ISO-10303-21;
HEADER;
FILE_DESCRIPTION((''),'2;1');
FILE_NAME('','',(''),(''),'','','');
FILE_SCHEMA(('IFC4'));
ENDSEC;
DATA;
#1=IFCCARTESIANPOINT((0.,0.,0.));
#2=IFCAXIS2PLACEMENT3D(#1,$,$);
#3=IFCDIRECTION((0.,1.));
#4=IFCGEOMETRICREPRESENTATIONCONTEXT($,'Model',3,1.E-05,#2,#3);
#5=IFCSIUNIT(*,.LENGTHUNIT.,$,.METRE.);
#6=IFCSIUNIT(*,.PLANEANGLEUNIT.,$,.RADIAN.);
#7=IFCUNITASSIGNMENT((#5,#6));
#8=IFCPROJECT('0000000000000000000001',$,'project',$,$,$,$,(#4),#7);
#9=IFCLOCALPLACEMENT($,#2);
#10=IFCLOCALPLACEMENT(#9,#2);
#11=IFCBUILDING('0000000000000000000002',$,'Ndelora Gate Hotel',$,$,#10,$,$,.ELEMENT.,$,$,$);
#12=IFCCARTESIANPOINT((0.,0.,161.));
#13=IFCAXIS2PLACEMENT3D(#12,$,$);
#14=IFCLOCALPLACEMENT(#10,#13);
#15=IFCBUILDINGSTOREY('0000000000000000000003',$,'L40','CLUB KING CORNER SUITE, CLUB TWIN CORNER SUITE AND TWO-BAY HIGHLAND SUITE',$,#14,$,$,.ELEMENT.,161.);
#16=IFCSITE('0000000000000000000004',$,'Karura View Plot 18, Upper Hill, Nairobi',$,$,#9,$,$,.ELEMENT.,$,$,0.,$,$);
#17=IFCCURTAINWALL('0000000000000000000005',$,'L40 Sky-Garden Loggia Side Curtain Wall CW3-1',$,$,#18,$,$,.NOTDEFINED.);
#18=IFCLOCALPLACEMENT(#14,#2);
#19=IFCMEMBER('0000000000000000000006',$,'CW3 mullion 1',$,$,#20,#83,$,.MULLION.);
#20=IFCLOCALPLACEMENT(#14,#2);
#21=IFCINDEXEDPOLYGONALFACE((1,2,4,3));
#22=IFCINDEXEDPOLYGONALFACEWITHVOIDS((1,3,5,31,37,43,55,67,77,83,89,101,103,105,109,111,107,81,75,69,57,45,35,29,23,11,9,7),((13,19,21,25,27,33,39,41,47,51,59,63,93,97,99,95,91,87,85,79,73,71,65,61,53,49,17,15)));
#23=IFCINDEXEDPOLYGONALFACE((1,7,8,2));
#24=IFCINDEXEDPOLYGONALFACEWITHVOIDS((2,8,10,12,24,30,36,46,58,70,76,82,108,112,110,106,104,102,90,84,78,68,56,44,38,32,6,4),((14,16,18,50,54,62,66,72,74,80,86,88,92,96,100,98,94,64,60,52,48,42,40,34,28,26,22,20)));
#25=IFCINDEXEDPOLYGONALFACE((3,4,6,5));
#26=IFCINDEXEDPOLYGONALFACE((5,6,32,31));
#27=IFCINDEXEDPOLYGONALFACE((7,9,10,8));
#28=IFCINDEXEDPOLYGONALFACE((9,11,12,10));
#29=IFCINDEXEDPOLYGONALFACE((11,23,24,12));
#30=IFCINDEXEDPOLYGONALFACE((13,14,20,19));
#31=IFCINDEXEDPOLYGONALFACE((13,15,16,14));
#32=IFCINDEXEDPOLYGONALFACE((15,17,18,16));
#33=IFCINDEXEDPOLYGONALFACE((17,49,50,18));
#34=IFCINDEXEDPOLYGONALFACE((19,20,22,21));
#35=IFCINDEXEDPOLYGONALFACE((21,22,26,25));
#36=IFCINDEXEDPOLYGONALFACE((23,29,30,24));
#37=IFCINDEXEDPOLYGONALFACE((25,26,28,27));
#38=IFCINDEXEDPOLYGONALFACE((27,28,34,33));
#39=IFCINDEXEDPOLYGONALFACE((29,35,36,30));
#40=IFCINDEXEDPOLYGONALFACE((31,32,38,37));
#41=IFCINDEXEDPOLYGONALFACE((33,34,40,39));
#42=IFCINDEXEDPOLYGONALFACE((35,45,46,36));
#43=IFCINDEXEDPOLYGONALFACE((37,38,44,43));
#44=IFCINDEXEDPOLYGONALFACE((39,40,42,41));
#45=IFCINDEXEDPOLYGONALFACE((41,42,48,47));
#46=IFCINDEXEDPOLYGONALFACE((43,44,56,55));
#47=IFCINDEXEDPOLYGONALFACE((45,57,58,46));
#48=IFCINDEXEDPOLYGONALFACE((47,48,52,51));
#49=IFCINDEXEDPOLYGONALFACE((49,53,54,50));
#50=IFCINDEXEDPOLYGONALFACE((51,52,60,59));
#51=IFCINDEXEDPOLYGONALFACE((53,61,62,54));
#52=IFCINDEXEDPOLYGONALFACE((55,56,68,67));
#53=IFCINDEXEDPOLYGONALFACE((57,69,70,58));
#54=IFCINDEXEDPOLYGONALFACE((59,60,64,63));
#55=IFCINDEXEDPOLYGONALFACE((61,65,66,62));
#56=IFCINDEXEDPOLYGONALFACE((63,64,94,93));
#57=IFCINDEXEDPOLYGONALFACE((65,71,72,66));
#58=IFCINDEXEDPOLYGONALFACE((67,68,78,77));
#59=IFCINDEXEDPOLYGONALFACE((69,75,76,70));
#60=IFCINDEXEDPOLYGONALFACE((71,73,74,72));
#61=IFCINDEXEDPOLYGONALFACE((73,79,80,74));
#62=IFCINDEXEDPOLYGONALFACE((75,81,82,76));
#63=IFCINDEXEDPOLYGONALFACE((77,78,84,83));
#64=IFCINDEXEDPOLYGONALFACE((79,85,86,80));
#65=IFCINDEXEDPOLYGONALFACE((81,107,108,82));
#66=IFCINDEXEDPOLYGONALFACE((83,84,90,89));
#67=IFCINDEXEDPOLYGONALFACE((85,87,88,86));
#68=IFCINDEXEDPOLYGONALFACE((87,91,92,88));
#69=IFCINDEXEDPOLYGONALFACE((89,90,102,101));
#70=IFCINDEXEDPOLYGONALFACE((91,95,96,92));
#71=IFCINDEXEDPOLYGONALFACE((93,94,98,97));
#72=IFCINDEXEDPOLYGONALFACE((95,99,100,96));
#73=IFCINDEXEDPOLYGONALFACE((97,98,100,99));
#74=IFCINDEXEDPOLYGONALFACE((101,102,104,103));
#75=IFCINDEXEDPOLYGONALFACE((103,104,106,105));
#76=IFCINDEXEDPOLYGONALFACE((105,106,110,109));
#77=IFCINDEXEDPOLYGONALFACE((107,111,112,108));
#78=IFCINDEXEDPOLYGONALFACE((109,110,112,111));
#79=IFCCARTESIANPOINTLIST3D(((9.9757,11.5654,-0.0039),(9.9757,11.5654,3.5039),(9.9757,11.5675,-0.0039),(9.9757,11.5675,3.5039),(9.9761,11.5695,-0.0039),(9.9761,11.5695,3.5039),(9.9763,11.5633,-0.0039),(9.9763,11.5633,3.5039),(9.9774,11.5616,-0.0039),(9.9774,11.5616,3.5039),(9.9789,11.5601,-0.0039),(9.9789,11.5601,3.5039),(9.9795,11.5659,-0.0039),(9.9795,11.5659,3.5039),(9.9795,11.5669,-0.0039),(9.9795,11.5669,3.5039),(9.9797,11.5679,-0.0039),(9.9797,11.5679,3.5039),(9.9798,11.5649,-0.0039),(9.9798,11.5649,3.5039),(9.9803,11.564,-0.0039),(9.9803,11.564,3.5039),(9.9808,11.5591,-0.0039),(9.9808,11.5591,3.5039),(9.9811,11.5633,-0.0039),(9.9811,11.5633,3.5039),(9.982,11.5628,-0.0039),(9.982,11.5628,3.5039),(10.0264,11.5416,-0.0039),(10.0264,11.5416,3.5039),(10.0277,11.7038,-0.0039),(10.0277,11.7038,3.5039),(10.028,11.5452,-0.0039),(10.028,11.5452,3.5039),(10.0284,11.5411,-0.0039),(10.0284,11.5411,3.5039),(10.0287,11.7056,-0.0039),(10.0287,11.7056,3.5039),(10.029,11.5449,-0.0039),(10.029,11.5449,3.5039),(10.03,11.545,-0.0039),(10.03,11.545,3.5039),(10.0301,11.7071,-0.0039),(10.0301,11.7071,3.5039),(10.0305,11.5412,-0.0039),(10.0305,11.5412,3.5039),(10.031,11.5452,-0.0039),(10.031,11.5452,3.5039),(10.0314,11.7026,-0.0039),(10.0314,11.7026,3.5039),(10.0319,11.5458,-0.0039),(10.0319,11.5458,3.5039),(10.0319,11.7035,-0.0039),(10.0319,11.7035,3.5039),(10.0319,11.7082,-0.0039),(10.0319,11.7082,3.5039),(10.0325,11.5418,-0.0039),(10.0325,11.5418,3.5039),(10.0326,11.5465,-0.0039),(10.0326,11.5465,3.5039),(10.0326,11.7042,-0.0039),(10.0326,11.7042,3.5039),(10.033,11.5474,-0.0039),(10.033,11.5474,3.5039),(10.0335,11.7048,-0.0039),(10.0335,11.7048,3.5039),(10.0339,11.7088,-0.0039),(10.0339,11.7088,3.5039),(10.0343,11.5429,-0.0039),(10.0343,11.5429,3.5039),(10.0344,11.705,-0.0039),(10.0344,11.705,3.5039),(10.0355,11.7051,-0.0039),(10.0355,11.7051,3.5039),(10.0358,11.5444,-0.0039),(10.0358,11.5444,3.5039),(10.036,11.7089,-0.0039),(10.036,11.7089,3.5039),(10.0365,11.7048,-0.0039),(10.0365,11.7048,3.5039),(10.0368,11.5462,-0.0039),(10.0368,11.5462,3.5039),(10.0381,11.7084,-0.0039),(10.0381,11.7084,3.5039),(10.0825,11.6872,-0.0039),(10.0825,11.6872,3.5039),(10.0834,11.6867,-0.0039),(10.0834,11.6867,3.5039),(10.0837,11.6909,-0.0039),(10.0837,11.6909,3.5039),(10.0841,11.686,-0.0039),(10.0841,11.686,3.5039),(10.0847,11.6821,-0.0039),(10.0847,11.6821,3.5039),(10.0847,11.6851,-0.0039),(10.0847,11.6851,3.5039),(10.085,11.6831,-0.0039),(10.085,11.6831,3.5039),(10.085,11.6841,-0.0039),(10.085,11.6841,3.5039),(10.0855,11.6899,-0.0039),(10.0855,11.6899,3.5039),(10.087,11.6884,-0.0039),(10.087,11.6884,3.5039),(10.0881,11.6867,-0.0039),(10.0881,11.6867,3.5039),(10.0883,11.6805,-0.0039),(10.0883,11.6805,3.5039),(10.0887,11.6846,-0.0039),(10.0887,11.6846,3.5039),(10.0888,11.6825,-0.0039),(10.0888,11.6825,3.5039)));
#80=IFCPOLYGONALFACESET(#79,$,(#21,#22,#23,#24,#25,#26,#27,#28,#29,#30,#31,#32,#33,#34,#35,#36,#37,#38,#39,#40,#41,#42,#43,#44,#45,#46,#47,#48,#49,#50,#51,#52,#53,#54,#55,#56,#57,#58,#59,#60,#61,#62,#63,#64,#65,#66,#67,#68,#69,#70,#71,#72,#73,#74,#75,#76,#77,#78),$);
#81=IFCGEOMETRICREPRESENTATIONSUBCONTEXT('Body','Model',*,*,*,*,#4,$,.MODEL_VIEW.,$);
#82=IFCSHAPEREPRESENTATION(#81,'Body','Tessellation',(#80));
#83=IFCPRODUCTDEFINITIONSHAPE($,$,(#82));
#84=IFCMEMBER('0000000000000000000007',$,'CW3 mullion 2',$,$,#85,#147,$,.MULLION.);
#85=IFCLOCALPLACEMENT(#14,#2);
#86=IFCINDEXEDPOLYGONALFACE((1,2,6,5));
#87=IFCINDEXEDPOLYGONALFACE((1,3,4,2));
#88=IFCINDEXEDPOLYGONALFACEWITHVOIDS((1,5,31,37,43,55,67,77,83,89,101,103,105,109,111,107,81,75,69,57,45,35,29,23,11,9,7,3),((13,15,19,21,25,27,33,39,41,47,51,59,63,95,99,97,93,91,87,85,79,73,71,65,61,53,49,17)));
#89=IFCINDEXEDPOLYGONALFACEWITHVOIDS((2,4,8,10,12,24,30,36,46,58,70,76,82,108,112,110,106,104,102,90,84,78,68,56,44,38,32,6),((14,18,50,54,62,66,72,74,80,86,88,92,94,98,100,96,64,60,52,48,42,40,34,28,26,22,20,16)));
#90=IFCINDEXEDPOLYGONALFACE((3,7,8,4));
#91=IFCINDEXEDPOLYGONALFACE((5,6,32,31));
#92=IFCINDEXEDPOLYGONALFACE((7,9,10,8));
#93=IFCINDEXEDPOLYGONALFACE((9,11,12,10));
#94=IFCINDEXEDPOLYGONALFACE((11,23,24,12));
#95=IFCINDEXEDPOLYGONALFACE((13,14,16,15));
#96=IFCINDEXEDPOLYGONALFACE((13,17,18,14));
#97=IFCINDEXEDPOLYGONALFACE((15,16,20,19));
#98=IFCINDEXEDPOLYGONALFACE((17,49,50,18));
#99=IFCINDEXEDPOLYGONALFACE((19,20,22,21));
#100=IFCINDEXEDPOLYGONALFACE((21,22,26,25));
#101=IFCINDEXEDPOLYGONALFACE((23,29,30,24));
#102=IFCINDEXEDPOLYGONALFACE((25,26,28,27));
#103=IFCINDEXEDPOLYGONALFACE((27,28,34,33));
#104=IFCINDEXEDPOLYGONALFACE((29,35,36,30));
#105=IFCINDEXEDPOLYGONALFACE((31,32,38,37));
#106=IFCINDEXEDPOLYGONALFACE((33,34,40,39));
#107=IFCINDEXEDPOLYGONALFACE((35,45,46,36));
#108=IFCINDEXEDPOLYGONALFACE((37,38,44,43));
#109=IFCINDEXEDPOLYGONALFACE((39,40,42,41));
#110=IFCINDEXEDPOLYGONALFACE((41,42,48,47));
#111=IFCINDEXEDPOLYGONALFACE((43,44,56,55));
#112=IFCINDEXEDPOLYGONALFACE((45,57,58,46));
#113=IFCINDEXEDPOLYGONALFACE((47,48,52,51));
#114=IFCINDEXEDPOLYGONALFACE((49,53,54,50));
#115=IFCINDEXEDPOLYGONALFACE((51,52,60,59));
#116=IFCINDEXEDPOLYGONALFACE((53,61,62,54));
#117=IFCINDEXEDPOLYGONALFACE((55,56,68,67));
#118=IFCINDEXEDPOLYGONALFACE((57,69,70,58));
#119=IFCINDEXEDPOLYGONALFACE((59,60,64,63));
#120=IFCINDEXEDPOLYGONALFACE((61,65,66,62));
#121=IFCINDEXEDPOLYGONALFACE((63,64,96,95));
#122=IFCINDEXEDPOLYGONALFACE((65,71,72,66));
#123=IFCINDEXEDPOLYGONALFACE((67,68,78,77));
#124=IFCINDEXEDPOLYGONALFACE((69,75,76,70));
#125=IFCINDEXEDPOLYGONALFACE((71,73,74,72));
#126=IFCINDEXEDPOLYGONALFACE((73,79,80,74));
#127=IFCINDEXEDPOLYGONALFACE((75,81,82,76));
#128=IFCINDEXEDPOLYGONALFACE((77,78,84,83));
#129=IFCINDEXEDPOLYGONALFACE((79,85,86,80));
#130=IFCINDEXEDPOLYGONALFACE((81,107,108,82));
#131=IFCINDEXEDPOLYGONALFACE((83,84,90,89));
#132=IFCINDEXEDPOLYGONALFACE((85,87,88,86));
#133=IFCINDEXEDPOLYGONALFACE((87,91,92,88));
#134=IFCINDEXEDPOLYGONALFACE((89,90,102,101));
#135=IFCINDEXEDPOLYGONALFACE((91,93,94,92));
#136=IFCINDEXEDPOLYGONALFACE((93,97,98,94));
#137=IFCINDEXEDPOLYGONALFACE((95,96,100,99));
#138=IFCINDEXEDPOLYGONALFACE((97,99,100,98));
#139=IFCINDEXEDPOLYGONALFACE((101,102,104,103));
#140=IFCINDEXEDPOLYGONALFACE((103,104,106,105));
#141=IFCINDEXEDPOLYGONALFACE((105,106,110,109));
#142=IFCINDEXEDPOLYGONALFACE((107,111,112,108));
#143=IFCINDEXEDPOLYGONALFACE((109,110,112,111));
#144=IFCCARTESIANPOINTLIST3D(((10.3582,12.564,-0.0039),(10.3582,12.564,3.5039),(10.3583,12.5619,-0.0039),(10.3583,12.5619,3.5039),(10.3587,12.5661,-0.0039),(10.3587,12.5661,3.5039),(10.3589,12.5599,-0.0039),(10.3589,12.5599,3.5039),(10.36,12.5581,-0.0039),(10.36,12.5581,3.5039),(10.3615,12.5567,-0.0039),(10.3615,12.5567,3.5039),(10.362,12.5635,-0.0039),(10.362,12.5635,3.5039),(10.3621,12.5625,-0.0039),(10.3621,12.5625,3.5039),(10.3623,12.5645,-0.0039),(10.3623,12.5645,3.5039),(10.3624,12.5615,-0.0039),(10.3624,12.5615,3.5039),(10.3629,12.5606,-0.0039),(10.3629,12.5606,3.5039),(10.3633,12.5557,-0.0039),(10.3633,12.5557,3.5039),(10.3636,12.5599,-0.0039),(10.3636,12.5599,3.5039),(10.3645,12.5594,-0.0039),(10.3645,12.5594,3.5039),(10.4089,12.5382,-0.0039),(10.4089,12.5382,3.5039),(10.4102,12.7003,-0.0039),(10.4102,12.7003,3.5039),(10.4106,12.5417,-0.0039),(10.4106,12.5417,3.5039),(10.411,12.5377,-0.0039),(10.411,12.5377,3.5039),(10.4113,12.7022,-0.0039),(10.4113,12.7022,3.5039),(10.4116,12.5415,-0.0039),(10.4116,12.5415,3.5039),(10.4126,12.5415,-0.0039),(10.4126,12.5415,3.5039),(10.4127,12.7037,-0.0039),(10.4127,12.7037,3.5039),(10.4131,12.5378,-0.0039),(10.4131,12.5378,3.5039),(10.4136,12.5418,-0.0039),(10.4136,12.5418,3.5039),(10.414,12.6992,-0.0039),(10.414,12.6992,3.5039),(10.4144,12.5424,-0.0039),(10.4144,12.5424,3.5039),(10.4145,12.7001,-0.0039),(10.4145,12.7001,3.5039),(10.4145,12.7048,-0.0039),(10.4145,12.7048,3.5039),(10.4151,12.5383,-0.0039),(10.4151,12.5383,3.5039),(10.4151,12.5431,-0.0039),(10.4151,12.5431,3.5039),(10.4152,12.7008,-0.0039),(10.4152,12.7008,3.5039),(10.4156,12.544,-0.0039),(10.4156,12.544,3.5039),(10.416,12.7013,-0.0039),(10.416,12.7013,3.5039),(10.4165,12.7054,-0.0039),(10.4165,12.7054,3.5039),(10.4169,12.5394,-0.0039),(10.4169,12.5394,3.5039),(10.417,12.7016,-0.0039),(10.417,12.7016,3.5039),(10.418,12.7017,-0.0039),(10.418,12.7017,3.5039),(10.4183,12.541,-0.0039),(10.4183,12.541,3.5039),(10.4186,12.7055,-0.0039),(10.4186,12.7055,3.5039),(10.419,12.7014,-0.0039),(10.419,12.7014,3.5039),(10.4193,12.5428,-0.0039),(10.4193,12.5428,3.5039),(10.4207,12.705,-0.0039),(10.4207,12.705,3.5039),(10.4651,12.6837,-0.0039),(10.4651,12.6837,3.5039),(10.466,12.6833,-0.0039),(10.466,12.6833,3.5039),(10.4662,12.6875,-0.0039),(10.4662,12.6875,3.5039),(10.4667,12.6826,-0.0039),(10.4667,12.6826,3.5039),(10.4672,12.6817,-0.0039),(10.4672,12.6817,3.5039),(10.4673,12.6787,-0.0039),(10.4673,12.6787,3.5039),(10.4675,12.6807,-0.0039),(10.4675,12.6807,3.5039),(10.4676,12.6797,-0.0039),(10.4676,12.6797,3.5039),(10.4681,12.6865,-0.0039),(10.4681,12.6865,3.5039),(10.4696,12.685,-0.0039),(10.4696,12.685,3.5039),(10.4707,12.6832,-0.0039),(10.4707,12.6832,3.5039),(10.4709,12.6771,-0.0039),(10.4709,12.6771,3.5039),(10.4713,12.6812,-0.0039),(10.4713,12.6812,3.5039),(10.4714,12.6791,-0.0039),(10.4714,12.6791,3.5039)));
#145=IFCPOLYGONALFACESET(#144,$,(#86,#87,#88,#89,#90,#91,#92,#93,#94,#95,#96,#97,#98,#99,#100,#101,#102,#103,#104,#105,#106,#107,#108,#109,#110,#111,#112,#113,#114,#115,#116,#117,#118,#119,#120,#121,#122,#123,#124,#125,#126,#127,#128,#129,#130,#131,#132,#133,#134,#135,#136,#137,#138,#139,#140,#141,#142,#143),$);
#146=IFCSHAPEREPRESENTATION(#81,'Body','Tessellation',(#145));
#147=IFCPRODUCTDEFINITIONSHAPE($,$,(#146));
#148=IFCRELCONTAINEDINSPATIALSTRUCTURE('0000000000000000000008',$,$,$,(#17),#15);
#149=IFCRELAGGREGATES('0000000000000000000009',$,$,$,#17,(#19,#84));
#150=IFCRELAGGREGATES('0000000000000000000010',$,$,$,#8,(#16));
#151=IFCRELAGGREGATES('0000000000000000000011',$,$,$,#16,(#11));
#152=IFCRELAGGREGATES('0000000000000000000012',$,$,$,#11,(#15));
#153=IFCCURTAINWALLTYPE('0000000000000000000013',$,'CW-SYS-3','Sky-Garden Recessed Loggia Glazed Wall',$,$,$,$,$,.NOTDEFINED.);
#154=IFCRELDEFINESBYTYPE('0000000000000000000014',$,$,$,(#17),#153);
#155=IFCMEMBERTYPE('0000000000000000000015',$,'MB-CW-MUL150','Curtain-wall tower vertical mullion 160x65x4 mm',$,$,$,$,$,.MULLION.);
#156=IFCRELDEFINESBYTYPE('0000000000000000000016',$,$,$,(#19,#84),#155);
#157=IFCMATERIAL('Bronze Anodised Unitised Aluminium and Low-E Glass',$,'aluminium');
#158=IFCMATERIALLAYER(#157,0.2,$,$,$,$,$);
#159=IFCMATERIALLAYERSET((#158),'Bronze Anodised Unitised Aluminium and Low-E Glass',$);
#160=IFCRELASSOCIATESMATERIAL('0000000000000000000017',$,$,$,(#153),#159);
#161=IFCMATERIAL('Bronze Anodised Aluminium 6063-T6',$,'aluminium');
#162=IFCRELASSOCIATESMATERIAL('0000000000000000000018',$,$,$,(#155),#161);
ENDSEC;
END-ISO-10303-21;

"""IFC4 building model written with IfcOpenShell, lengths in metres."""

from ifc_helpers import new_model, si_unit, direction, frame, origin, origin_2d, place, context, subcontext, project, spatial, hollow_rectangle, extrude, material, layer, layer_set, material_profile, profile_set, type_object, element, aggregate, save


model = new_model("IFC4")

# Units and contexts
model_context = context("Model", 3, precision=1e-05, world=origin(), true_north=direction((0.0, 1.0)))
body_context = subcontext(model_context, "Body", "Model", "MODEL_VIEW")
ifc_project = project(units=[si_unit("LENGTHUNIT", "METRE"), si_unit("PLANEANGLEUNIT", "RADIAN")], contexts=[model_context])

# Site, building, storey
site_placement = place(None, origin())
site = spatial("IfcSite", under=ifc_project, at=site_placement, Name="Karura View Plot 18, Upper Hill, Nairobi", CompositionType="ELEMENT", RefElevation=0.0)
building_placement = place(site_placement, origin())
building = spatial("IfcBuilding", under=site, at=building_placement, Name="Ndelora Gate Hotel", CompositionType="ELEMENT")
storey_placement = place(building_placement, frame((0.0, 0.0, 161.0)))
storey = spatial("IfcBuildingStorey", under=building, at=storey_placement, Name="L40", Description="CLUB KING CORNER SUITE, CLUB TWIN CORNER SUITE AND TWO-BAY HIGHLAND SUITE", CompositionType="ELEMENT", Elevation=161.0)

# Curtain wall, members
ifc_material_1 = material(Name="Bronze Anodised Unitised Aluminium and Low-E Glass", Category="aluminium")
ifc_layer_1 = layer(ifc_material_1, 0.2)
ifc_layer_set_1 = layer_set([ifc_layer_1], Name="Bronze Anodised Unitised Aluminium and Low-E Glass")
curtain_wall_type = type_object("IfcCurtainWallType", Name="CW-SYS-3", Description="Sky-Garden Recessed Loggia Glazed Wall", PredefinedType="NOTDEFINED", material=ifc_layer_set_1)
curtain_wall_placement = place(storey_placement, origin())
curtain_wall = element("IfcCurtainWall", 1, at=curtain_wall_placement, inside=storey, type_object=curtain_wall_type, Name="L40 Sky-Garden Loggia Side Curtain Wall CW3-1", PredefinedType="NOTDEFINED")
ifc_material_2 = material(Name="Bronze Anodised Aluminium 6063-T6", Category="aluminium")
ifc_material_profile_1 = material_profile(ifc_material_2, hollow_rectangle(XDim=0.0649, YDim=0.1599, WallThickness=0.0039, InnerFilletRadius=0.0039, OuterFilletRadius=0.0081, at=origin_2d()), Name="ALU 160x65x4")
ifc_profile_set_1 = profile_set([ifc_material_profile_1], Name="Bronze Anodised Aluminium 6063-T6")
member_type_1 = type_object("IfcMemberType", Name="MB-CW-MUL150", Description="Curtain-wall tower vertical mullion 160x65x4 mm", PredefinedType="MULLION", material=ifc_profile_set_1)
member_1_placement = place(storey_placement, frame((10.0322, 11.625, -0.0039), z_axis=(0.0, 0.0, 1.0), x_axis=(-0.933583, 0.358361, 0.0)))
member_1 = element("IfcMember", 2, at=member_1_placement, type_object=member_type_1, Name="CW3 mullion 1", PredefinedType="MULLION", context=body_context, shape_type="SweptSolid", body=[
    extrude(hollow_rectangle(XDim=0.0649, YDim=0.1599, WallThickness=0.0039, InnerFilletRadius=0.0039, OuterFilletRadius=0.0081, at=origin_2d()), origin(), (0.0, 0.0, 1.0), 3.5078),
])
member_2_placement = place(storey_placement, frame((10.4148, 12.6216, -0.0039), z_axis=(0.0, 0.0, 1.0), x_axis=(-0.933583, 0.358361, 0.0)))
member_2 = element("IfcMember", 3, at=member_2_placement, type_object=member_type_1, Name="CW3 mullion 2", PredefinedType="MULLION", context=body_context, shape_type="SweptSolid", body=[
    extrude(hollow_rectangle(XDim=0.0649, YDim=0.1599, WallThickness=0.0039, InnerFilletRadius=0.0039, OuterFilletRadius=0.0081, at=origin_2d()), origin(), (0.0, 0.0, 1.0), 3.5078),
])
aggregate(curtain_wall, [member_1, member_2])

save(model, "model.ifc")
